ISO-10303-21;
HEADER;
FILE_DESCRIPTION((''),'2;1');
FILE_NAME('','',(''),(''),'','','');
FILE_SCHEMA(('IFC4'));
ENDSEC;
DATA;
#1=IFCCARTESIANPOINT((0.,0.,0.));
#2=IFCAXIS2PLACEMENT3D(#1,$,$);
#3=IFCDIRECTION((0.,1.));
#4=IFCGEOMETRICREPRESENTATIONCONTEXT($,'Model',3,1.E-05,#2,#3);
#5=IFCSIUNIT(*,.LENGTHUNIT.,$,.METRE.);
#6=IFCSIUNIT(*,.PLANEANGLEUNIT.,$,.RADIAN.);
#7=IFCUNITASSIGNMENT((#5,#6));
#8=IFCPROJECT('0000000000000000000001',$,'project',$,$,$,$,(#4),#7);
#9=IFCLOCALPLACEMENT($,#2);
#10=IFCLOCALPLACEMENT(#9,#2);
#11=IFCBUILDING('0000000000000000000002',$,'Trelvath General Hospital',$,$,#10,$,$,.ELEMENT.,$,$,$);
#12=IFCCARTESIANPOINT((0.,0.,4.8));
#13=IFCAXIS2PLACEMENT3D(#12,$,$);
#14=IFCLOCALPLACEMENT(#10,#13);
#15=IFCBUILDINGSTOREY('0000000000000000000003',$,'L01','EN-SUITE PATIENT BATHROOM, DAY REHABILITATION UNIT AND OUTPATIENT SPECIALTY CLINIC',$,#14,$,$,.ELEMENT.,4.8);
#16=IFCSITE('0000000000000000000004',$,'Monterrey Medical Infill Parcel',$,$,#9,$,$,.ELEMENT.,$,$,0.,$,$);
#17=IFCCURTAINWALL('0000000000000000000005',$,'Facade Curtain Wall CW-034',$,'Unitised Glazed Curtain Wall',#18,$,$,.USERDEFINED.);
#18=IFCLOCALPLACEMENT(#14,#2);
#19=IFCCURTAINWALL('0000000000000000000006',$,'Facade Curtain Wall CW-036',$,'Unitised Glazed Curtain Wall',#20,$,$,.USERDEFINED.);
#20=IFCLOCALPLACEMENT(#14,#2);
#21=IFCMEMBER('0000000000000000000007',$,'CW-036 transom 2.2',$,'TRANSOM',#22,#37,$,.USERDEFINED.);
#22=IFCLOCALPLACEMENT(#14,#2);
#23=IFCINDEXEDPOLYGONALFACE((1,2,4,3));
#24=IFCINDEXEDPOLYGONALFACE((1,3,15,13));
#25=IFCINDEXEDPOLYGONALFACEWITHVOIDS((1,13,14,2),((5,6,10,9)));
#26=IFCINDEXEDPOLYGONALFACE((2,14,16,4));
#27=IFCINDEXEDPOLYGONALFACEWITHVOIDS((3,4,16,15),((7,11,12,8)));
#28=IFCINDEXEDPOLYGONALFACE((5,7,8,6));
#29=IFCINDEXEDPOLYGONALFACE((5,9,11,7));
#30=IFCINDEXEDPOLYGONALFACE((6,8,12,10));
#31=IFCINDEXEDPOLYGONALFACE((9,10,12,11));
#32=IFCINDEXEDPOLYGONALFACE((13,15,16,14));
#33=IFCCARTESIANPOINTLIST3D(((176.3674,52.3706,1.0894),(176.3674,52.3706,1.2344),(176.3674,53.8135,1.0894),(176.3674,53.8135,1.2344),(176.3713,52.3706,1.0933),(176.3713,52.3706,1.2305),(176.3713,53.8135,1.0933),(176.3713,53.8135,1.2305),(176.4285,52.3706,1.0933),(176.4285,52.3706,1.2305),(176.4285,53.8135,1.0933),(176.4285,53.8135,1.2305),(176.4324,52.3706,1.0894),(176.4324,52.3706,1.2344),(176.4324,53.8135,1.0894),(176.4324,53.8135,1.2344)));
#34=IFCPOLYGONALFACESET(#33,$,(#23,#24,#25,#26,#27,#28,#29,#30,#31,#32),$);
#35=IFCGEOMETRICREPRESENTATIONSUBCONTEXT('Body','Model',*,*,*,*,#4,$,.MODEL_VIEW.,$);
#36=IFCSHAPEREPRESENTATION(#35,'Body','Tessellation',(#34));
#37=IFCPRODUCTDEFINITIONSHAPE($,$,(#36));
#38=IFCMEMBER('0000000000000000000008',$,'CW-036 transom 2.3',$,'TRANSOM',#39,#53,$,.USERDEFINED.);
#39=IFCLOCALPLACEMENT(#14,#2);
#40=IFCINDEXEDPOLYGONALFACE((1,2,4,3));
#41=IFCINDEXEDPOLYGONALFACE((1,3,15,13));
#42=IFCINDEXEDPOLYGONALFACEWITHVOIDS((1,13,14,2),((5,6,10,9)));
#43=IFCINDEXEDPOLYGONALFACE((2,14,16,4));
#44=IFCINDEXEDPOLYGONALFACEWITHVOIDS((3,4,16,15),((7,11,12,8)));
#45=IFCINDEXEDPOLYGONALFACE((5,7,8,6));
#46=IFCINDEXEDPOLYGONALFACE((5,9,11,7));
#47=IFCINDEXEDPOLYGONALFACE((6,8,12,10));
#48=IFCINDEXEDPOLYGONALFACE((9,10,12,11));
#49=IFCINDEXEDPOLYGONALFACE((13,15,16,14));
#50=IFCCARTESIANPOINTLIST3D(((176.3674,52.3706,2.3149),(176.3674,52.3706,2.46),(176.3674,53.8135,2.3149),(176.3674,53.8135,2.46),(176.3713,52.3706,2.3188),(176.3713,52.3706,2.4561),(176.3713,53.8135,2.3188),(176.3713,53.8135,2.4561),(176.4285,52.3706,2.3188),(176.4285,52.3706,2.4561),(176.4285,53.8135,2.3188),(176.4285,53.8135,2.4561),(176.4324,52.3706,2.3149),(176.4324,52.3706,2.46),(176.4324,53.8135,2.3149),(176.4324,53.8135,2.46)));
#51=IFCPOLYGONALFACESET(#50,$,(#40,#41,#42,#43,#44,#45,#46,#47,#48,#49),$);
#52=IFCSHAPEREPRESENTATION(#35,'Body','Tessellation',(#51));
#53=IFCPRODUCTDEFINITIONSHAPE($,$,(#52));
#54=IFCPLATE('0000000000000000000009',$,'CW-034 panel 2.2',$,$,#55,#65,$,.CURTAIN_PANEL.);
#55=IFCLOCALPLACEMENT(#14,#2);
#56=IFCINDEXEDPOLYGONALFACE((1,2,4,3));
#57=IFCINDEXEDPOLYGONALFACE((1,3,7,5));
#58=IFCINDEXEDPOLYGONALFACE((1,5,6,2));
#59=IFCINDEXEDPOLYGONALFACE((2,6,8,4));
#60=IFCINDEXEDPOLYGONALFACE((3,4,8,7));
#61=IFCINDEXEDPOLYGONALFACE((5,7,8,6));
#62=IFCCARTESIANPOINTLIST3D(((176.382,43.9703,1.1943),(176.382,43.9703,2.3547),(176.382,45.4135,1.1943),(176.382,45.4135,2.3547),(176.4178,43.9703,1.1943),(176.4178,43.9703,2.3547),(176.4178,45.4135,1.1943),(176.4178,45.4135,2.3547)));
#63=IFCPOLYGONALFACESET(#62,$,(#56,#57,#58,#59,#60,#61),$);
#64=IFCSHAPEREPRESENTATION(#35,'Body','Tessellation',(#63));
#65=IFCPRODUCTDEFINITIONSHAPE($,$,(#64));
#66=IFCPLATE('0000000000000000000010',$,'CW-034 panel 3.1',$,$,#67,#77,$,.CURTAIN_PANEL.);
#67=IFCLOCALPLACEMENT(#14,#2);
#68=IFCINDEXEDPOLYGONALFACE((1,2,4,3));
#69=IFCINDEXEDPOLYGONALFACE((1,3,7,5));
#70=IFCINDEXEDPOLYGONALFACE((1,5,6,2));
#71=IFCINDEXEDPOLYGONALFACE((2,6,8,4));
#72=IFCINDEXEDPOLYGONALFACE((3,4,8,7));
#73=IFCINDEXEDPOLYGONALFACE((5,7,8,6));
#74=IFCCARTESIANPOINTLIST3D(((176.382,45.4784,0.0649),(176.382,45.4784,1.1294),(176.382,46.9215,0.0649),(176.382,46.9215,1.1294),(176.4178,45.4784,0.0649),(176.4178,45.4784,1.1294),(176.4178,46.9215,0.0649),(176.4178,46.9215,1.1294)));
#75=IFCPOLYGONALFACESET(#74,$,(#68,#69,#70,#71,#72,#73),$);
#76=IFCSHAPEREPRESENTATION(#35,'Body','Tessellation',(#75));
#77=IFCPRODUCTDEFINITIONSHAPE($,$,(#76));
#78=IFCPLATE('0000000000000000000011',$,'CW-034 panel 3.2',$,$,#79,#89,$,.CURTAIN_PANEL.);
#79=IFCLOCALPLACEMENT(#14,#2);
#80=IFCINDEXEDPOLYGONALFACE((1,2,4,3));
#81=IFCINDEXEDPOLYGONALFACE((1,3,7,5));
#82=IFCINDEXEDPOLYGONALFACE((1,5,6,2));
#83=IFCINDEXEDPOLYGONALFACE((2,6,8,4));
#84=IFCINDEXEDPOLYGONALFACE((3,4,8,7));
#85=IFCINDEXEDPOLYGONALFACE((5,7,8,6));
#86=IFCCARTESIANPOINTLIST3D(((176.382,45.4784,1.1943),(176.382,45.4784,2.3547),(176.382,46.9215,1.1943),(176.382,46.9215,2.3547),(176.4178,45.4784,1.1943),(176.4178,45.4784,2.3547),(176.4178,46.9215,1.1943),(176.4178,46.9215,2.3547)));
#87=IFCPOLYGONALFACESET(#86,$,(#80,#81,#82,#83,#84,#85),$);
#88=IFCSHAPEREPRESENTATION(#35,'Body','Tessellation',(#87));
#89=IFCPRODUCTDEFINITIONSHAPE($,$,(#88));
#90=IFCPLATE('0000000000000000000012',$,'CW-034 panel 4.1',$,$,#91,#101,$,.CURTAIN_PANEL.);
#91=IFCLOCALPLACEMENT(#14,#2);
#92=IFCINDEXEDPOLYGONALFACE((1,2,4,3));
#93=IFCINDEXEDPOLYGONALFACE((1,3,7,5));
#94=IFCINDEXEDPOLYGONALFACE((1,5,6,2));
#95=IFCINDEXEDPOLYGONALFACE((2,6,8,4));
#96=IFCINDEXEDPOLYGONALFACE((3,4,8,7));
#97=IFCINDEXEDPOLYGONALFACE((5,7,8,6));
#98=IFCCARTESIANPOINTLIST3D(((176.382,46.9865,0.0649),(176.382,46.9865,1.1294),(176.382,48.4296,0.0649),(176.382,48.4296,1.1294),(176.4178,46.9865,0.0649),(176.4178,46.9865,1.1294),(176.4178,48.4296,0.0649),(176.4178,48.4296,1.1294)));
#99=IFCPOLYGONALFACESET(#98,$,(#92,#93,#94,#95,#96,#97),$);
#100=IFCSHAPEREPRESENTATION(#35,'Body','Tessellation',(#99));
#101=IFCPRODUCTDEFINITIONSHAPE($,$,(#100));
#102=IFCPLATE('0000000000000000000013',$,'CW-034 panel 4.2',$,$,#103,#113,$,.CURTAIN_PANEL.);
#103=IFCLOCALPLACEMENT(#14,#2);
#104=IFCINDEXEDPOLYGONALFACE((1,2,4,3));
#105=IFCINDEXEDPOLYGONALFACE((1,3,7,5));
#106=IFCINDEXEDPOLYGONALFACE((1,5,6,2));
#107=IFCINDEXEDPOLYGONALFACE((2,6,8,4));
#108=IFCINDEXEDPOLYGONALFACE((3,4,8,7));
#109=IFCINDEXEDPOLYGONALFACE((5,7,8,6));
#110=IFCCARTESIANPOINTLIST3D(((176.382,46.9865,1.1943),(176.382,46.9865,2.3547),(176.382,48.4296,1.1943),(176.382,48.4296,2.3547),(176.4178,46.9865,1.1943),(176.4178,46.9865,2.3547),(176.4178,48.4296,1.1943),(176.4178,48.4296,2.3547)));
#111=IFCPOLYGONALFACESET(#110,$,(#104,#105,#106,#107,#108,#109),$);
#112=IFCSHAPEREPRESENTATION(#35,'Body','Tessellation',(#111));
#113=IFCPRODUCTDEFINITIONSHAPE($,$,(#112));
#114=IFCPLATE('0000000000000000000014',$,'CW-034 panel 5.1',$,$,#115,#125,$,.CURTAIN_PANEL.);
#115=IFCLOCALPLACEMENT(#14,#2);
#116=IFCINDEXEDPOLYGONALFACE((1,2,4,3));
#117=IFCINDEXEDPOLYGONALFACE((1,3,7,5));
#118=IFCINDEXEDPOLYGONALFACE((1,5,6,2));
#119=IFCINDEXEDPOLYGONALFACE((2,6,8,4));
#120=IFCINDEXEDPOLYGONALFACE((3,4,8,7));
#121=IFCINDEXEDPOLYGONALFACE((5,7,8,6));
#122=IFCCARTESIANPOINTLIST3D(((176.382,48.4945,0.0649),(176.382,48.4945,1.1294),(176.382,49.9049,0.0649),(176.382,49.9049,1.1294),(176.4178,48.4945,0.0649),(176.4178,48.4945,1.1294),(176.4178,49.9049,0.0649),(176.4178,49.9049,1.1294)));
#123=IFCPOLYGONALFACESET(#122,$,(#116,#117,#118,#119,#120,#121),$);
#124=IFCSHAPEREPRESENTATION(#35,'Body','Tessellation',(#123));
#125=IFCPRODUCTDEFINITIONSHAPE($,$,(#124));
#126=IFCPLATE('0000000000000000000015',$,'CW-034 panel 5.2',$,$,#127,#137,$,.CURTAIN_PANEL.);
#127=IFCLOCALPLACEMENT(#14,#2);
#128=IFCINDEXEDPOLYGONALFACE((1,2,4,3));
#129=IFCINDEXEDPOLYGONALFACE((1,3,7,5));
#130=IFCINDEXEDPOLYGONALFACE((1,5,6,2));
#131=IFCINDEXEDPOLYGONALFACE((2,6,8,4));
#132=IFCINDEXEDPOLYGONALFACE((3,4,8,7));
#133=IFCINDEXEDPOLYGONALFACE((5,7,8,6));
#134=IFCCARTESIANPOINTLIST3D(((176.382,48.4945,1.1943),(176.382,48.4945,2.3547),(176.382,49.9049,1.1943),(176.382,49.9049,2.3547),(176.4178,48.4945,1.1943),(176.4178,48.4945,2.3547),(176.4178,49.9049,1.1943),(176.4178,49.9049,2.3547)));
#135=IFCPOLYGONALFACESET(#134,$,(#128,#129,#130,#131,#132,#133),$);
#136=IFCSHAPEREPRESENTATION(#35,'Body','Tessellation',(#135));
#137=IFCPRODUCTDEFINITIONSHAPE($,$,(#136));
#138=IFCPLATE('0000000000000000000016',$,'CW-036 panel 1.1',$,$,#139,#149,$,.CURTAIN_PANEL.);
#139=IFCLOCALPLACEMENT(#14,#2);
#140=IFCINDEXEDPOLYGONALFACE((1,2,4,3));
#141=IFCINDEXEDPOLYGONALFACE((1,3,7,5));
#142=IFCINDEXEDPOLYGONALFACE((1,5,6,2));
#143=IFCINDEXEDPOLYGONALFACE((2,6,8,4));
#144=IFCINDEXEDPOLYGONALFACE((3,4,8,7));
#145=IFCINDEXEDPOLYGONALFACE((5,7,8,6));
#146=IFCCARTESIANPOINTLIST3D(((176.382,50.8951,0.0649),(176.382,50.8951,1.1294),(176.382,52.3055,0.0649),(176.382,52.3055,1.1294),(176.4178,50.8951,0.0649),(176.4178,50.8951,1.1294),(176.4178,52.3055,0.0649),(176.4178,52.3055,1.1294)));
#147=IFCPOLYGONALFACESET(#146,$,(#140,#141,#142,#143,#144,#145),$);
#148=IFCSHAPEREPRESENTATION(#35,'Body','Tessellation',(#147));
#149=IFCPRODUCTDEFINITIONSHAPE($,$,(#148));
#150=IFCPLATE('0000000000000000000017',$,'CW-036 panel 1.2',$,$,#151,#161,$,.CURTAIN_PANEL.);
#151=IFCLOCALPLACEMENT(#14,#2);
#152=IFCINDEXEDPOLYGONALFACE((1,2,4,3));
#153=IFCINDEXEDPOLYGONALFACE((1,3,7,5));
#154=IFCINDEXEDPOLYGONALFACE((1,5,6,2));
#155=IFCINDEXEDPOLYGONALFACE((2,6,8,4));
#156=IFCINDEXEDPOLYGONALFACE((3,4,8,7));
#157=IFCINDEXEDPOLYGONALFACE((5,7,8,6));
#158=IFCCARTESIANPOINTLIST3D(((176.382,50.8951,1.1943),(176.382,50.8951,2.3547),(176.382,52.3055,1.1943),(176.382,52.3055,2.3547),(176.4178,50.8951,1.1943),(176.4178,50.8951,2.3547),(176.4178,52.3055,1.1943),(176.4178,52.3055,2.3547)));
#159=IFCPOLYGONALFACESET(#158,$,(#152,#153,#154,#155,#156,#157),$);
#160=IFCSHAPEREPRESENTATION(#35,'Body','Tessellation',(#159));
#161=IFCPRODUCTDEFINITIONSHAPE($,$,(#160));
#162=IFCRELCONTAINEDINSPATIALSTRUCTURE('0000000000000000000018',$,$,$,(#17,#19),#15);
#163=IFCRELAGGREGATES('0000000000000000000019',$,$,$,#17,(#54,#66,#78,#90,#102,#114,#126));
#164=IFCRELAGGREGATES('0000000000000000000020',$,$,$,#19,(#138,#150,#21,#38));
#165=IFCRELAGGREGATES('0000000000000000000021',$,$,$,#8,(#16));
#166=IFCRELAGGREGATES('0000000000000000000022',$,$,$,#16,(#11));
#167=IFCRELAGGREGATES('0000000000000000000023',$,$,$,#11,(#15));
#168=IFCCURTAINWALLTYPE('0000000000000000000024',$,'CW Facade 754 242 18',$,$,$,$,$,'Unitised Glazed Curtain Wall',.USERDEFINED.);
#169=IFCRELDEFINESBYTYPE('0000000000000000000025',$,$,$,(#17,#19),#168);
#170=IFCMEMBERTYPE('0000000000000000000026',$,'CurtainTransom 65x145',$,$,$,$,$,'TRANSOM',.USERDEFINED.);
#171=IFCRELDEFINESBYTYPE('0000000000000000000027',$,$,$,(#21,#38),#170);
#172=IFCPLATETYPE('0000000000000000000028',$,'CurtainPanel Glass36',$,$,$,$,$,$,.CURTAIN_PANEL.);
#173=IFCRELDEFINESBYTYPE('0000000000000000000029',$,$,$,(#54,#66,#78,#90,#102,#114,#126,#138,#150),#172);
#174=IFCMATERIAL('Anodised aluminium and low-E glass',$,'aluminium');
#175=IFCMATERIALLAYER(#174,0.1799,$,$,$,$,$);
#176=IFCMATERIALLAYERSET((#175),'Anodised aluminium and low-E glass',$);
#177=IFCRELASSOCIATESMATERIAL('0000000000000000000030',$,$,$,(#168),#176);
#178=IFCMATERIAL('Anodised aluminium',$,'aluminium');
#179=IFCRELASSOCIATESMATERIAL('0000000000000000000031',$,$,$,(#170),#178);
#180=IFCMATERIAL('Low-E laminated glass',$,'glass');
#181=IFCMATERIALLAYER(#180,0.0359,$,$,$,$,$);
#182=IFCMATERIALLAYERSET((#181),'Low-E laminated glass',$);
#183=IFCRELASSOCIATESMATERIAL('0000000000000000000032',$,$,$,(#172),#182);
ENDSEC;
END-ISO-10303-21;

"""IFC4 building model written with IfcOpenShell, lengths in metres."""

from ifc_helpers import new_model, si_unit, direction, frame, origin, origin_2d, place, context, subcontext, project, spatial, rectangle, hollow_rectangle, extrude, material, layer, layer_set, material_profile, profile_set, type_object, element, aggregate, save


model = new_model("IFC4")

# Units and contexts
model_context = context("Model", 3, precision=1e-05, world=origin(), true_north=direction((0.0, 1.0)))
body_context = subcontext(model_context, "Body", "Model", "MODEL_VIEW")
ifc_project = project(units=[si_unit("LENGTHUNIT", "METRE"), si_unit("PLANEANGLEUNIT", "RADIAN")], contexts=[model_context])

# Site, building, storey
site_placement = place(None, origin())
site = spatial("IfcSite", under=ifc_project, at=site_placement, Name="Monterrey Medical Infill Parcel", CompositionType="ELEMENT", RefElevation=0.0)
building_placement = place(site_placement, origin())
building = spatial("IfcBuilding", under=site, at=building_placement, Name="Trelvath General Hospital", CompositionType="ELEMENT")
storey_placement = place(building_placement, frame((0.0, 0.0, 4.8)))
storey = spatial("IfcBuildingStorey", under=building, at=storey_placement, Name="L01", Description="EN-SUITE PATIENT BATHROOM, DAY REHABILITATION UNIT AND OUTPATIENT SPECIALTY CLINIC", CompositionType="ELEMENT", Elevation=4.8)

# Curtain walls
ifc_material_1 = material(Name="Anodised aluminium and low-E glass", Category="aluminium")
ifc_layer_1 = layer(ifc_material_1, 0.1799)
ifc_layer_set_1 = layer_set([ifc_layer_1], Name="Anodised aluminium and low-E glass")
curtain_wall_type = type_object("IfcCurtainWallType", Name="CW Facade 754 242 18", ElementType="Unitised Glazed Curtain Wall", PredefinedType="USERDEFINED", material=ifc_layer_set_1)
curtain_wall_1_placement = place(storey_placement, origin())
curtain_wall_1 = element("IfcCurtainWall", 1, at=curtain_wall_1_placement, inside=storey, type_object=curtain_wall_type, Name="Facade Curtain Wall CW-034", ObjectType="Unitised Glazed Curtain Wall", PredefinedType="USERDEFINED")
curtain_wall_2_placement = place(storey_placement, origin())
curtain_wall_2 = element("IfcCurtainWall", 2, at=curtain_wall_2_placement, inside=storey, type_object=curtain_wall_type, Name="Facade Curtain Wall CW-036", ObjectType="Unitised Glazed Curtain Wall", PredefinedType="USERDEFINED")

# Members
ifc_material_2 = material(Name="Anodised aluminium", Category="aluminium")
ifc_material_profile_1 = material_profile(ifc_material_2, hollow_rectangle(XDim=0.0649, YDim=0.145, WallThickness=0.0039, at=origin_2d()), Name="RHS65x145x4")
ifc_profile_set_1 = profile_set([ifc_material_profile_1], Name="Anodised aluminium")
member_type_1 = type_object("IfcMemberType", Name="CurtainTransom 65x145", ElementType="TRANSOM", PredefinedType="USERDEFINED", material=ifc_profile_set_1)
member_1_placement = place(storey_placement, frame((176.3999, 52.3706, 1.1619), z_axis=(0.0, 1.0, 0.0), x_axis=(-1.0, 0.0, 0.0)))
member_1 = element("IfcMember", 3, at=member_1_placement, type_object=member_type_1, Name="CW-036 transom 2.2", ObjectType="TRANSOM", PredefinedType="USERDEFINED", context=body_context, shape_type="SweptSolid", body=[
    extrude(hollow_rectangle(XDim=0.0649, YDim=0.145, WallThickness=0.0039, at=origin_2d()), origin(), (0.0, 0.0, 1.0), 1.4429),
])
member_2_placement = place(storey_placement, frame((176.3999, 52.3706, 2.3875), z_axis=(0.0, 1.0, 0.0), x_axis=(-1.0, 0.0, 0.0)))
member_2 = element("IfcMember", 4, at=member_2_placement, type_object=member_type_1, Name="CW-036 transom 2.3", ObjectType="TRANSOM", PredefinedType="USERDEFINED", context=body_context, shape_type="SweptSolid", body=[
    extrude(hollow_rectangle(XDim=0.0649, YDim=0.145, WallThickness=0.0039, at=origin_2d()), origin(), (0.0, 0.0, 1.0), 1.4429),
])

# Plates
ifc_material_3 = material(Name="Low-E laminated glass", Category="glass")
ifc_layer_2 = layer(ifc_material_3, 0.0359)
ifc_layer_set_2 = layer_set([ifc_layer_2], Name="Low-E laminated glass")
plate_type = type_object("IfcPlateType", Name="CurtainPanel Glass36", PredefinedType="CURTAIN_PANEL", material=ifc_layer_set_2)
plate_1_placement = place(storey_placement, frame((176.3999, 44.6919, 1.1943), z_axis=(0.0, 0.0, 1.0), x_axis=(0.0, 1.0, 0.0)))
plate_1 = element("IfcPlate", 5, at=plate_1_placement, type_object=plate_type, Name="CW-034 panel 2.2", PredefinedType="CURTAIN_PANEL", context=body_context, shape_type="SweptSolid", body=[
    extrude(rectangle(XDim=1.4431, YDim=0.0359, at=origin_2d()), origin(), (0.0, 0.0, 1.0), 1.1604),
])
plate_2_placement = place(storey_placement, frame((176.3999, 46.2, 0.0649), z_axis=(0.0, 0.0, 1.0), x_axis=(0.0, 1.0, 0.0)))
plate_2 = element("IfcPlate", 6, at=plate_2_placement, type_object=plate_type, Name="CW-034 panel 3.1", PredefinedType="CURTAIN_PANEL", context=body_context, shape_type="SweptSolid", body=[
    extrude(rectangle(XDim=1.4431, YDim=0.0359, at=origin_2d()), origin(), (0.0, 0.0, 1.0), 1.0645),
])
plate_3_placement = place(storey_placement, frame((176.3999, 46.2, 1.1943), z_axis=(0.0, 0.0, 1.0), x_axis=(0.0, 1.0, 0.0)))
plate_3 = element("IfcPlate", 7, at=plate_3_placement, type_object=plate_type, Name="CW-034 panel 3.2", PredefinedType="CURTAIN_PANEL", context=body_context, shape_type="SweptSolid", body=[
    extrude(rectangle(XDim=1.4431, YDim=0.0359, at=origin_2d()), origin(), (0.0, 0.0, 1.0), 1.1604),
])
plate_4_placement = place(storey_placement, frame((176.3999, 47.708, 0.0649), z_axis=(0.0, 0.0, 1.0), x_axis=(0.0, 1.0, 0.0)))
plate_4 = element("IfcPlate", 8, at=plate_4_placement, type_object=plate_type, Name="CW-034 panel 4.1", PredefinedType="CURTAIN_PANEL", context=body_context, shape_type="SweptSolid", body=[
    extrude(rectangle(XDim=1.4431, YDim=0.0359, at=origin_2d()), origin(), (0.0, 0.0, 1.0), 1.0645),
])
plate_5_placement = place(storey_placement, frame((176.3999, 47.708, 1.1943), z_axis=(0.0, 0.0, 1.0), x_axis=(0.0, 1.0, 0.0)))
plate_5 = element("IfcPlate", 9, at=plate_5_placement, type_object=plate_type, Name="CW-034 panel 4.2", PredefinedType="CURTAIN_PANEL", context=body_context, shape_type="SweptSolid", body=[
    extrude(rectangle(XDim=1.4431, YDim=0.0359, at=origin_2d()), origin(), (0.0, 0.0, 1.0), 1.1604),
])
plate_6_placement = place(storey_placement, frame((176.3999, 49.1997, 0.0649), z_axis=(0.0, 0.0, 1.0), x_axis=(0.0, 1.0, 0.0)))
plate_6 = element("IfcPlate", 10, at=plate_6_placement, type_object=plate_type, Name="CW-034 panel 5.1", PredefinedType="CURTAIN_PANEL", context=body_context, shape_type="SweptSolid", body=[
    extrude(rectangle(XDim=1.4104, YDim=0.0359, at=origin_2d()), origin(), (0.0, 0.0, 1.0), 1.0645),
])
plate_7_placement = place(storey_placement, frame((176.3999, 49.1997, 1.1943), z_axis=(0.0, 0.0, 1.0), x_axis=(0.0, 1.0, 0.0)))
plate_7 = element("IfcPlate", 11, at=plate_7_placement, type_object=plate_type, Name="CW-034 panel 5.2", PredefinedType="CURTAIN_PANEL", context=body_context, shape_type="SweptSolid", body=[
    extrude(rectangle(XDim=1.4104, YDim=0.0359, at=origin_2d()), origin(), (0.0, 0.0, 1.0), 1.1604),
])
aggregate(curtain_wall_1, [plate_1, plate_2, plate_3, plate_4, plate_5, plate_6, plate_7])
plate_8_placement = place(storey_placement, frame((176.3999, 51.6003, 0.0649), z_axis=(0.0, 0.0, 1.0), x_axis=(0.0, 1.0, 0.0)))
plate_8 = element("IfcPlate", 12, at=plate_8_placement, type_object=plate_type, Name="CW-036 panel 1.1", PredefinedType="CURTAIN_PANEL", context=body_context, shape_type="SweptSolid", body=[
    extrude(rectangle(XDim=1.4104, YDim=0.0359, at=origin_2d()), origin(), (0.0, 0.0, 1.0), 1.0645),
])
plate_9_placement = place(storey_placement, frame((176.3999, 51.6003, 1.1943), z_axis=(0.0, 0.0, 1.0), x_axis=(0.0, 1.0, 0.0)))
plate_9 = element("IfcPlate", 13, at=plate_9_placement, type_object=plate_type, Name="CW-036 panel 1.2", PredefinedType="CURTAIN_PANEL", context=body_context, shape_type="SweptSolid", body=[
    extrude(rectangle(XDim=1.4104, YDim=0.0359, at=origin_2d()), origin(), (0.0, 0.0, 1.0), 1.1604),
])
aggregate(curtain_wall_2, [plate_8, plate_9, member_1, member_2])

save(model, "model.ifc")
